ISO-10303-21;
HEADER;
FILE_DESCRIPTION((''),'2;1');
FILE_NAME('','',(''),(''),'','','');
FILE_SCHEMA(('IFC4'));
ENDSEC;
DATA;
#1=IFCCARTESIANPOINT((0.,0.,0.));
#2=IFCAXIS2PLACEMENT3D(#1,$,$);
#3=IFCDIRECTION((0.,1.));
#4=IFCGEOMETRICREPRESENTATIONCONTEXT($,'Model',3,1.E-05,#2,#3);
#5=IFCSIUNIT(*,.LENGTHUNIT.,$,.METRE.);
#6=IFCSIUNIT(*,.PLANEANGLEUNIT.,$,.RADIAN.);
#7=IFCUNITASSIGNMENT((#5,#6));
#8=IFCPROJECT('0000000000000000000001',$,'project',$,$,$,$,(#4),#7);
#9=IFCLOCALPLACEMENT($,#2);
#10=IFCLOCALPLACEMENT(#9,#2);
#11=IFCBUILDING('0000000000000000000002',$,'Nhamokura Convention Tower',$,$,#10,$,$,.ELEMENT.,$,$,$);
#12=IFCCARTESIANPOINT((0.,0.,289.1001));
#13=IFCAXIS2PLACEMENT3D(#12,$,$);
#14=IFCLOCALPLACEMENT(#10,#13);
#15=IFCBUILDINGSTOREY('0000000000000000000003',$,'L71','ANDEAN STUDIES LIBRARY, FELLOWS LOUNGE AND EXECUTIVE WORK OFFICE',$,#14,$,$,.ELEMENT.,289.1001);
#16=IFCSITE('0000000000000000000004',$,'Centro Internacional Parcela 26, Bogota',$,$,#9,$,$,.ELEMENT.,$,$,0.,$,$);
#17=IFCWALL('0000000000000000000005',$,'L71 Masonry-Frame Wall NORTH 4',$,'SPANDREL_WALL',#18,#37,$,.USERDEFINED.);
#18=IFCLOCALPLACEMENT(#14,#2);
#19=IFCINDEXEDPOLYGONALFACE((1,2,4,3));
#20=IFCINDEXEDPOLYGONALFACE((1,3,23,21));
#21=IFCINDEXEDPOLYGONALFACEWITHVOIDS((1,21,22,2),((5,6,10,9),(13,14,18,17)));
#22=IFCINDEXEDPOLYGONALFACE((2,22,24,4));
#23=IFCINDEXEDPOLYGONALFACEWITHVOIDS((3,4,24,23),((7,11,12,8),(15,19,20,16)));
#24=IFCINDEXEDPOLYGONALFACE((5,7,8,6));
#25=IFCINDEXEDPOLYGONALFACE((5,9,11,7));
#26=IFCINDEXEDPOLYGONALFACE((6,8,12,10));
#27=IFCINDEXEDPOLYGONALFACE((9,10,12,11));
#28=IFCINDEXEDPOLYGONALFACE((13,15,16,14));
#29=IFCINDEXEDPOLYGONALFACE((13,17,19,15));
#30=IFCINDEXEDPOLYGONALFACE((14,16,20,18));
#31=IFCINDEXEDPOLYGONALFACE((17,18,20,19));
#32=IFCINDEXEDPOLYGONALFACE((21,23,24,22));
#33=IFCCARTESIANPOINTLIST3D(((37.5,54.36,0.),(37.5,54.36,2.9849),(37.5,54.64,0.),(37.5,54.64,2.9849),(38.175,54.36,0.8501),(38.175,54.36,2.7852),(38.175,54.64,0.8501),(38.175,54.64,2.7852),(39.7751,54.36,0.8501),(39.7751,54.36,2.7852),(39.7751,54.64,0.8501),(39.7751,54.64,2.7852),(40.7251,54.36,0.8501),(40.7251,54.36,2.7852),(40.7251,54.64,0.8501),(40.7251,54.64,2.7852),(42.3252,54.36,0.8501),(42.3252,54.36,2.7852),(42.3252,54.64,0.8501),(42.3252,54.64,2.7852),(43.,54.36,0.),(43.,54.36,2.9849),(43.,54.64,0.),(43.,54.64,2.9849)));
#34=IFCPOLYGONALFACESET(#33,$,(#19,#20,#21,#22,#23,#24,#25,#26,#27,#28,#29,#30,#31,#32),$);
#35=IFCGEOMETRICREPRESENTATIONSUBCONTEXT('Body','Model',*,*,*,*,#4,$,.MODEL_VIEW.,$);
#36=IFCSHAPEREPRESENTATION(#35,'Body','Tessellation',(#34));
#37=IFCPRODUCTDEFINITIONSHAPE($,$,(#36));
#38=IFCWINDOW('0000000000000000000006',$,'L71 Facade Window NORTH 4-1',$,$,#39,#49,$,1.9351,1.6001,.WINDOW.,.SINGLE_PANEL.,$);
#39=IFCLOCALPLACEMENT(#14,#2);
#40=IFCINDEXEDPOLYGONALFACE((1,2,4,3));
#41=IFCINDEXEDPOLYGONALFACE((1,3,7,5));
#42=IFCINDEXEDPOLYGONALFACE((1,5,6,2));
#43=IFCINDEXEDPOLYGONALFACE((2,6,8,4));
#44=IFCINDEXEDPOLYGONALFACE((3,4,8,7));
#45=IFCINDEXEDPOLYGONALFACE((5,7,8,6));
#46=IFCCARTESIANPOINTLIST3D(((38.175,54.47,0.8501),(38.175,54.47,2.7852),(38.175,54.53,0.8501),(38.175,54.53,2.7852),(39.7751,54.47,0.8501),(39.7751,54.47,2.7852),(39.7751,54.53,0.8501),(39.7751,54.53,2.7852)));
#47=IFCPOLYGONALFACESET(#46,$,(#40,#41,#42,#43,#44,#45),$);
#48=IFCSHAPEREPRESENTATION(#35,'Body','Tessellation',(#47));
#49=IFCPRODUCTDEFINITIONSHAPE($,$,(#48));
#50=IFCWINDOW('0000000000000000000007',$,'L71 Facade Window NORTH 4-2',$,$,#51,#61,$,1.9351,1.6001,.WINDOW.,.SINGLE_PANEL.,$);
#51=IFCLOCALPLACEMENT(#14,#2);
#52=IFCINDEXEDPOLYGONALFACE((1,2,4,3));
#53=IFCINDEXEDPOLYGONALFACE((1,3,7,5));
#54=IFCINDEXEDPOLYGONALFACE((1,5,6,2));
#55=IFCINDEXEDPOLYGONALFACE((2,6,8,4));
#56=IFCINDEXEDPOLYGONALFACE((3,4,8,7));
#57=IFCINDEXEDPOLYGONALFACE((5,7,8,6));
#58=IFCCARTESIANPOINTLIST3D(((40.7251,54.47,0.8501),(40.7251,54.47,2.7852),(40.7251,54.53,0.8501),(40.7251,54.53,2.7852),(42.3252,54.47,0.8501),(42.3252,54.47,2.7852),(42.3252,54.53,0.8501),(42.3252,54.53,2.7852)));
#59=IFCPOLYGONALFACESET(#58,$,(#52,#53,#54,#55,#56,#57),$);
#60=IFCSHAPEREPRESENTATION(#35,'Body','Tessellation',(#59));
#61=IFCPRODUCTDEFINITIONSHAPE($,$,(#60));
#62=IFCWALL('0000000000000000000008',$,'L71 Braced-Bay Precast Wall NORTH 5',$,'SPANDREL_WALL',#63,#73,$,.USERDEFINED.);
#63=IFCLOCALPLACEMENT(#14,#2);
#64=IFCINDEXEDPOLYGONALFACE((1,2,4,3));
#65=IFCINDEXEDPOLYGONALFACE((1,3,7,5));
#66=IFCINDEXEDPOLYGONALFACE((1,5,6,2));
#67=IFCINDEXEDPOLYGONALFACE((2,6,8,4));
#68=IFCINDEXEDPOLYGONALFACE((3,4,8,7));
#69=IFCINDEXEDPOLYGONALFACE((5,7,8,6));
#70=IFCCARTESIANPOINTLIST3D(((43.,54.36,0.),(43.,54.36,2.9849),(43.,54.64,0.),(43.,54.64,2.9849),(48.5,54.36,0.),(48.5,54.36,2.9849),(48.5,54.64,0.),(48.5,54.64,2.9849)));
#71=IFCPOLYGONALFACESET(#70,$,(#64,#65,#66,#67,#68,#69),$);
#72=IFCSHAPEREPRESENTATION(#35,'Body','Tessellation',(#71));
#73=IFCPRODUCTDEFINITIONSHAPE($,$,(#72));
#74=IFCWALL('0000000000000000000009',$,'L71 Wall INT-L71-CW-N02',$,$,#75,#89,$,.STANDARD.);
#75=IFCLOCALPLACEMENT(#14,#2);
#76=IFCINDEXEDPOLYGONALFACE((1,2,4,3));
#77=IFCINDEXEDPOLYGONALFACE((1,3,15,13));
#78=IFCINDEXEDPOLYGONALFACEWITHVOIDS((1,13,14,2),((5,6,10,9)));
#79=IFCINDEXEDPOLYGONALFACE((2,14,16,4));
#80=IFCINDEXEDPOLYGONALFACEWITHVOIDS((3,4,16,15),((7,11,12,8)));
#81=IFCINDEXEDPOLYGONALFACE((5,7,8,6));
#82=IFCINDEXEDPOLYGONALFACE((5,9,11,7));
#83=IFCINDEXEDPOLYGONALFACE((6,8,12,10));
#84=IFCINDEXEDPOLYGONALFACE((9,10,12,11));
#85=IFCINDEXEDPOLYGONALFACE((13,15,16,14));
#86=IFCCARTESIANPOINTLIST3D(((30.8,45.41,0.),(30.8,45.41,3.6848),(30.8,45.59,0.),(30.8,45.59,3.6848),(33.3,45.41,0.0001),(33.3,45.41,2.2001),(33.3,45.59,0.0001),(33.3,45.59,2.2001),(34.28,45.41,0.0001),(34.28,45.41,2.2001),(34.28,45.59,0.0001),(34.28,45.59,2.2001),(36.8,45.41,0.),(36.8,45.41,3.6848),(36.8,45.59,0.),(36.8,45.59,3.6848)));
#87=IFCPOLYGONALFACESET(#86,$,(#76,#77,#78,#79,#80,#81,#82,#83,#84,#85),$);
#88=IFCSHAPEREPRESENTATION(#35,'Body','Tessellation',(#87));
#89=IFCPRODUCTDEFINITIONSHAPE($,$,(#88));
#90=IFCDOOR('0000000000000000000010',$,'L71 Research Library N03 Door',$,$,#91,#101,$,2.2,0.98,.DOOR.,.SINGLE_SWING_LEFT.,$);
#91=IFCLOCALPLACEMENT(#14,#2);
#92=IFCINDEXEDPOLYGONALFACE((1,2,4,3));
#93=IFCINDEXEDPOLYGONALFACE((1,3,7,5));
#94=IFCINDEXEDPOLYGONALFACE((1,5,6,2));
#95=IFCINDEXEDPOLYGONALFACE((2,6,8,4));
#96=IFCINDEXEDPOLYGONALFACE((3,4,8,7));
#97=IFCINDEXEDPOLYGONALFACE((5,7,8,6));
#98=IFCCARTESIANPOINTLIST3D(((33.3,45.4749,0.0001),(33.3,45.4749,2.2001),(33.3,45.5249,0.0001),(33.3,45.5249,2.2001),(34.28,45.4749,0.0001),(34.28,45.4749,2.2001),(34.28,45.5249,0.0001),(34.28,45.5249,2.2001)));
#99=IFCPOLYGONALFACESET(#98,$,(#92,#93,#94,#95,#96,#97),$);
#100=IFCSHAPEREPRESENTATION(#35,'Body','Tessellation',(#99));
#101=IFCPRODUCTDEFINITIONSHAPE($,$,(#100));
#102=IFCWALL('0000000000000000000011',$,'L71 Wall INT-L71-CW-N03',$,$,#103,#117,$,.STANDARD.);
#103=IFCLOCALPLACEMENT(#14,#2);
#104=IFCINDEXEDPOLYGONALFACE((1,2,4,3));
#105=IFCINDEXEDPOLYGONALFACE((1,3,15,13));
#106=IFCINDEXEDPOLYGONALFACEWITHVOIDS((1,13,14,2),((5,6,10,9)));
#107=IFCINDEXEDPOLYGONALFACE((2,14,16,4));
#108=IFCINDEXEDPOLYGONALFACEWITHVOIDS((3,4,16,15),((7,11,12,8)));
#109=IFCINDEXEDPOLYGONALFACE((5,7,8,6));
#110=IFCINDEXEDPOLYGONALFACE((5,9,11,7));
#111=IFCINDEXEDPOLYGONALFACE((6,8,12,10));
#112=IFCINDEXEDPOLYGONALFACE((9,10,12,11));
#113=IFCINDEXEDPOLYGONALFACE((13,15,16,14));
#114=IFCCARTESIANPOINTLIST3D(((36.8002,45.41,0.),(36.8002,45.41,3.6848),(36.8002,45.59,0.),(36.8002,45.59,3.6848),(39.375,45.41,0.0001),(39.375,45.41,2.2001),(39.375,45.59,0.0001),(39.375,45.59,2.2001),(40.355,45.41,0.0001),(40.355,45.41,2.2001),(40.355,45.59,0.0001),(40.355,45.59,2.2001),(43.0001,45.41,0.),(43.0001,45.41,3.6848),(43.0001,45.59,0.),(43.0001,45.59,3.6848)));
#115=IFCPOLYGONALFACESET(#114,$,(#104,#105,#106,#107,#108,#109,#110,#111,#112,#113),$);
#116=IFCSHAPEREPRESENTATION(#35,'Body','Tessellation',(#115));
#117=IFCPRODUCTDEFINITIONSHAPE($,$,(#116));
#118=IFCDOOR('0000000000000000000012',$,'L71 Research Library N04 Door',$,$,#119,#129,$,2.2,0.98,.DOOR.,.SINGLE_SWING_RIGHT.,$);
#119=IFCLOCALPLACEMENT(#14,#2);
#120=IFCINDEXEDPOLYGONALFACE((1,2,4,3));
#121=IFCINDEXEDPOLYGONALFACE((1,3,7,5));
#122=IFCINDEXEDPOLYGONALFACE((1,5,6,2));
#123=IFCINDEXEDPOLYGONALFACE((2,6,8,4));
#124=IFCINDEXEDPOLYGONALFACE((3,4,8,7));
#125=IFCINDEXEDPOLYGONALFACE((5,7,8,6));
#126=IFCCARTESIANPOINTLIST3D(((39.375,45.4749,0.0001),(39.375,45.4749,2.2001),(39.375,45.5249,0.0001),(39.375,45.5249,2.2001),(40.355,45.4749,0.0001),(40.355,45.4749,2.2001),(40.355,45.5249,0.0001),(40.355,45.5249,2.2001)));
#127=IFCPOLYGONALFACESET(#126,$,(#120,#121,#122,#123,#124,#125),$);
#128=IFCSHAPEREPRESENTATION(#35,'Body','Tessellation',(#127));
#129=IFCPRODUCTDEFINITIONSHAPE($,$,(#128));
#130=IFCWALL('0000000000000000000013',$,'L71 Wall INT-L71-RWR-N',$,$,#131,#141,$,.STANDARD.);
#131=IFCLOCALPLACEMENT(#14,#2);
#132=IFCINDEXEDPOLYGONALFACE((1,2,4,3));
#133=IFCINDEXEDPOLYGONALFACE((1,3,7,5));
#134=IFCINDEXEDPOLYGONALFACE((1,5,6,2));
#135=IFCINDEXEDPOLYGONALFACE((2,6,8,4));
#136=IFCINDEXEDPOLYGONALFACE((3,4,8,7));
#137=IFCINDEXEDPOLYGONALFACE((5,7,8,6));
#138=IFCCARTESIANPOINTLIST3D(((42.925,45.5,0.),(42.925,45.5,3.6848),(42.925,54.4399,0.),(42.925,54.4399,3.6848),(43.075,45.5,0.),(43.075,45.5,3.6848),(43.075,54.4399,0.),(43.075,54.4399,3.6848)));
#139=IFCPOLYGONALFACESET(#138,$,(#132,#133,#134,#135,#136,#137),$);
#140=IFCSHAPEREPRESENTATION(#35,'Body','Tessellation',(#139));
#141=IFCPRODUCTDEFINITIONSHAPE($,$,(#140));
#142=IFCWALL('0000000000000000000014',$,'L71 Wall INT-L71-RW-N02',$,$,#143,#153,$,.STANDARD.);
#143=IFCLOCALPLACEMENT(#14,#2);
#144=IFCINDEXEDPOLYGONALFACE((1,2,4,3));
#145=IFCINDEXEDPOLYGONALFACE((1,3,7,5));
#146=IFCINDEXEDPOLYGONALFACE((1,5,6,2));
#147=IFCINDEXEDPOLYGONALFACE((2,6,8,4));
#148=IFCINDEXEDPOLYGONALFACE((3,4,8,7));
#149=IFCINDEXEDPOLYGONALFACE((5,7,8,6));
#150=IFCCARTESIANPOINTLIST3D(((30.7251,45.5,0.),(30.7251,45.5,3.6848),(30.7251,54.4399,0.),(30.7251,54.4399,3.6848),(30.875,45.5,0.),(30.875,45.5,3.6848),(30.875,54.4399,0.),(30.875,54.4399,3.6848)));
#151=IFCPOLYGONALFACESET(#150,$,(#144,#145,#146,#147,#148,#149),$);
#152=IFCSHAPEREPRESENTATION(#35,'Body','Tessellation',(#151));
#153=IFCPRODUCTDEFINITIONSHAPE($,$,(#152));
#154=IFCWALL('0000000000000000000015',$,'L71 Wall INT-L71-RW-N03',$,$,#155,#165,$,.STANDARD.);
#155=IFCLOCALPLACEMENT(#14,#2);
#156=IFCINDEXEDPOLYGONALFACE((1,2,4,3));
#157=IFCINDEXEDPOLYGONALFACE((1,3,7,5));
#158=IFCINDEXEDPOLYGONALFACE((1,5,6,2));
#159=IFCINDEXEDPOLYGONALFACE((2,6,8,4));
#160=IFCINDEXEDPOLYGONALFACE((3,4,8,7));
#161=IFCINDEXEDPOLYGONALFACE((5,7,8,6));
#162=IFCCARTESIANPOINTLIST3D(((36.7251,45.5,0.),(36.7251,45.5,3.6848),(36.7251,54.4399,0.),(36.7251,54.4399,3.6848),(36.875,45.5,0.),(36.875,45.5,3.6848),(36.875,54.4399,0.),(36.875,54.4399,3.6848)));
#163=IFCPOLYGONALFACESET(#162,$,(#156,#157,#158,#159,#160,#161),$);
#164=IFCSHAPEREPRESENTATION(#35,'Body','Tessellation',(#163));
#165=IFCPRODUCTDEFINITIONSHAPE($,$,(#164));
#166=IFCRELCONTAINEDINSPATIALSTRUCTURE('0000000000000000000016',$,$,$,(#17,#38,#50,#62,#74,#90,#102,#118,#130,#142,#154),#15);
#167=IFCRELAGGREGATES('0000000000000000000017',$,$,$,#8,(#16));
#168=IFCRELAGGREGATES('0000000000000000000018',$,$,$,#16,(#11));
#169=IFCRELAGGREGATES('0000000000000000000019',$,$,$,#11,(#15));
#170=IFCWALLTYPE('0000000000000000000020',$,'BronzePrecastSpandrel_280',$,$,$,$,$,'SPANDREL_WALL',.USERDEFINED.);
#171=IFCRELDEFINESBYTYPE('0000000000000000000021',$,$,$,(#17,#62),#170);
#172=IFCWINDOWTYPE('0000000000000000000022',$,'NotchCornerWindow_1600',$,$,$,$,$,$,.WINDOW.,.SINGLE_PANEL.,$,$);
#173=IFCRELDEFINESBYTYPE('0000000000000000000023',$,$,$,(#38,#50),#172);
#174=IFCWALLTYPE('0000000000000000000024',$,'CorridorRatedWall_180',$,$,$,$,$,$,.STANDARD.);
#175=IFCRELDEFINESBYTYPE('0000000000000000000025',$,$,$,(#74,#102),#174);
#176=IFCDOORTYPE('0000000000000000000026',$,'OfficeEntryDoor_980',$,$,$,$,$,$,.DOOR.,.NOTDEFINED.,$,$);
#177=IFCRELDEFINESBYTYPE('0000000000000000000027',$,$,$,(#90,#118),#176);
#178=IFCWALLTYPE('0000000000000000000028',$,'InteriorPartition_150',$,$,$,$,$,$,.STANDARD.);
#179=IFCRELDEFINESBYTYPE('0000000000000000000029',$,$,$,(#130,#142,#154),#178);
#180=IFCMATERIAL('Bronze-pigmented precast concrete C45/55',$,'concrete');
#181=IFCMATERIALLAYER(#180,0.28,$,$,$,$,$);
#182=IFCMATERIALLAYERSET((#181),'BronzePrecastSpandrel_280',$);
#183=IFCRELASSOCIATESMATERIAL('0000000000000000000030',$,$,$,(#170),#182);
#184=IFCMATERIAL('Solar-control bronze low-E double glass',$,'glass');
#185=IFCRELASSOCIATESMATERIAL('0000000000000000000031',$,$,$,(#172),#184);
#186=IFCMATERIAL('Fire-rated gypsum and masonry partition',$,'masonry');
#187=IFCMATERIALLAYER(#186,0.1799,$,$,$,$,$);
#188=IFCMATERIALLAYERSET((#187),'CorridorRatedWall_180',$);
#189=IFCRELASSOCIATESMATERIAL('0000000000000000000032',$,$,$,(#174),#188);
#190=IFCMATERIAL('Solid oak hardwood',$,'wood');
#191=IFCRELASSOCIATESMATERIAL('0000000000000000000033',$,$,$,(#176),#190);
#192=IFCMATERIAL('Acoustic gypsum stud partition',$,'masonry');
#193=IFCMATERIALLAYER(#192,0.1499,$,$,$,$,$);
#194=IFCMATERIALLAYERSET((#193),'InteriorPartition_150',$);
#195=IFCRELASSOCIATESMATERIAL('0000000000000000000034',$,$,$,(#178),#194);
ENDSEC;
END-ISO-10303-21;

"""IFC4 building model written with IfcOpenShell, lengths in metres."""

from ifc_helpers import new_model, si_unit, direction, frame, frame_2d, origin, place, context, subcontext, project, spatial, rectangle, extrude, material, layer, layer_set, type_object, element, fill, save


model = new_model("IFC4")

# Units and contexts
model_context = context("Model", 3, precision=1e-05, world=origin(), true_north=direction((0.0, 1.0)))
body_context = subcontext(model_context, "Body", "Model", "MODEL_VIEW")
ifc_project = project(units=[si_unit("LENGTHUNIT", "METRE"), si_unit("PLANEANGLEUNIT", "RADIAN")], contexts=[model_context])

# Site, building, storey
site_placement = place(None, origin())
site = spatial("IfcSite", under=ifc_project, at=site_placement, Name="Centro Internacional Parcela 26, Bogota", CompositionType="ELEMENT", RefElevation=0.0)
building_placement = place(site_placement, origin())
building = spatial("IfcBuilding", under=site, at=building_placement, Name="Nhamokura Convention Tower", CompositionType="ELEMENT")
storey_placement = place(building_placement, frame((0.0, 0.0, 289.1001)))
storey = spatial("IfcBuildingStorey", under=building, at=storey_placement, Name="L71", Description="ANDEAN STUDIES LIBRARY, FELLOWS LOUNGE AND EXECUTIVE WORK OFFICE", CompositionType="ELEMENT", Elevation=289.1001)

# Shared definitions
ifc_material_1 = material(Name="Bronze-pigmented precast concrete C45/55", Category="concrete")
ifc_layer_1 = layer(ifc_material_1, 0.28)
ifc_layer_set_1 = layer_set([ifc_layer_1], Name="BronzePrecastSpandrel_280")
wall_type_1 = type_object("IfcWallType", Name="BronzePrecastSpandrel_280", ElementType="SPANDREL_WALL", PredefinedType="USERDEFINED", material=ifc_layer_set_1)

# Wall, openings, windows
wall_1_placement = place(storey_placement, frame((37.5, 54.5, 0.0), z_axis=(0.0, 0.0, 1.0), x_axis=(1.0, 0.0, 0.0)))
wall_1 = element("IfcWall", 1, at=wall_1_placement, inside=storey, type_object=wall_type_1, Name="L71 Masonry-Frame Wall NORTH 4", ObjectType="SPANDREL_WALL", PredefinedType="USERDEFINED", context=body_context, shape_type="SweptSolid", body=[
    extrude(rectangle(XDim=5.5, YDim=0.28, at=frame_2d((2.75, 0.0))), origin(), (0.0, 0.0, 1.0), 2.9849),
])
opening_1_placement = place(wall_1_placement, frame((0.675, 0.0, 0.8501)))
opening_1 = element("IfcOpeningElement", 2, at=opening_1_placement, cuts=wall_1, PredefinedType="OPENING", context=body_context, shape_type="SweptSolid", body=[
    extrude(rectangle(XDim=1.6001, YDim=1.9351, at=frame_2d((0.8, 0.9675))), frame((0.0, 0.1499, 0.0), z_axis=(0.0, -1.0, 0.0), x_axis=(1.0, 0.0, 0.0)), (0.0, 0.0, 1.0), 0.3),
])
opening_2_placement = place(wall_1_placement, frame((3.2251, 0.0, 0.8501)))
opening_2 = element("IfcOpeningElement", 3, at=opening_2_placement, cuts=wall_1, PredefinedType="OPENING", context=body_context, shape_type="SweptSolid", body=[
    extrude(rectangle(XDim=1.6001, YDim=1.9351, at=frame_2d((0.8, 0.9675))), frame((0.0, 0.1499, 0.0), z_axis=(0.0, -1.0, 0.0), x_axis=(1.0, 0.0, 0.0)), (0.0, 0.0, 1.0), 0.3),
])
ifc_material_2 = material(Name="Solar-control bronze low-E double glass", Category="glass")
window_type_1 = type_object("IfcWindowType", Name="NotchCornerWindow_1600", PartitioningType="SINGLE_PANEL", PredefinedType="WINDOW", material=ifc_material_2)
window_1_placement = place(opening_1_placement, origin())
window_1 = element("IfcWindow", 4, at=window_1_placement, inside=storey, type_object=window_type_1, Name="L71 Facade Window NORTH 4-1", OverallHeight=1.9351, OverallWidth=1.6001, PartitioningType="SINGLE_PANEL", PredefinedType="WINDOW", context=body_context, shape_type="SweptSolid", body=[
    extrude(rectangle(XDim=1.6001, YDim=1.9351, at=frame_2d((0.8, 0.9675))), frame((0.0, 0.03, 0.0), z_axis=(0.0, -1.0, 0.0), x_axis=(1.0, 0.0, 0.0)), (0.0, 0.0, 1.0), 0.0601),
])
fill(opening_1, window_1)
window_2_placement = place(opening_2_placement, origin())
window_2 = element("IfcWindow", 5, at=window_2_placement, inside=storey, type_object=window_type_1, Name="L71 Facade Window NORTH 4-2", OverallHeight=1.9351, OverallWidth=1.6001, PartitioningType="SINGLE_PANEL", PredefinedType="WINDOW", context=body_context, shape_type="SweptSolid", body=[
    extrude(rectangle(XDim=1.6001, YDim=1.9351, at=frame_2d((0.8, 0.9675))), frame((0.0, 0.03, 0.0), z_axis=(0.0, -1.0, 0.0), x_axis=(1.0, 0.0, 0.0)), (0.0, 0.0, 1.0), 0.0601),
])
fill(opening_2, window_2)

# Wall
wall_2_placement = place(storey_placement, frame((43.0, 54.5, 0.0), z_axis=(0.0, 0.0, 1.0), x_axis=(1.0, 0.0, 0.0)))
element("IfcWall", 6, at=wall_2_placement, inside=storey, type_object=wall_type_1, Name="L71 Braced-Bay Precast Wall NORTH 5", ObjectType="SPANDREL_WALL", PredefinedType="USERDEFINED", context=body_context, shape_type="SweptSolid", body=[
    extrude(rectangle(XDim=5.5, YDim=0.28, at=frame_2d((2.75, 0.0))), origin(), (0.0, 0.0, 1.0), 2.9849),
])

# Walls, openings, doors
ifc_material_3 = material(Name="Fire-rated gypsum and masonry partition", Category="masonry")
ifc_layer_2 = layer(ifc_material_3, 0.1799)
ifc_layer_set_2 = layer_set([ifc_layer_2], Name="CorridorRatedWall_180")
wall_type_2 = type_object("IfcWallType", Name="CorridorRatedWall_180", PredefinedType="STANDARD", material=ifc_layer_set_2)
wall_3_placement = place(storey_placement, frame((30.8, 45.5, 0.0), z_axis=(0.0, 0.0, 1.0), x_axis=(1.0, 0.0, 0.0)))
wall_3 = element("IfcWall", 7, at=wall_3_placement, inside=storey, type_object=wall_type_2, Name="L71 Wall INT-L71-CW-N02", PredefinedType="STANDARD", context=body_context, shape_type="SweptSolid", body=[
    extrude(rectangle(XDim=6.0, YDim=0.1799, at=frame_2d((3.0, 0.0))), origin(), (0.0, 0.0, 1.0), 3.6848),
])
opening_3_placement = place(wall_3_placement, frame((2.5, 0.0, 0.0)))
opening_3 = element("IfcOpeningElement", 8, at=opening_3_placement, cuts=wall_3, PredefinedType="OPENING", context=body_context, shape_type="SweptSolid", body=[
    extrude(rectangle(XDim=0.98, YDim=2.2, at=frame_2d((0.49, 1.1001))), frame((0.0, 0.0999, 0.0), z_axis=(0.0, -1.0, 0.0), x_axis=(1.0, 0.0, 0.0)), (0.0, 0.0, 1.0), 0.2),
])
ifc_material_4 = material(Name="Solid oak hardwood", Category="wood")
door_type = type_object("IfcDoorType", Name="OfficeEntryDoor_980", OperationType="NOTDEFINED", PredefinedType="DOOR", material=ifc_material_4)
door_1_placement = place(opening_3_placement, origin())
door_1 = element("IfcDoor", 9, at=door_1_placement, inside=storey, type_object=door_type, Name="L71 Research Library N03 Door", OperationType="SINGLE_SWING_LEFT", OverallHeight=2.2, OverallWidth=0.98, PredefinedType="DOOR", context=body_context, shape_type="SweptSolid", body=[
    extrude(rectangle(XDim=0.98, YDim=2.2, at=frame_2d((0.49, 1.1001))), frame((0.0, 0.0249, 0.0), z_axis=(0.0, -1.0, 0.0), x_axis=(1.0, 0.0, 0.0)), (0.0, 0.0, 1.0), 0.05),
])
fill(opening_3, door_1)
wall_4_placement = place(storey_placement, frame((36.8, 45.5, 0.0), z_axis=(0.0, 0.0, 1.0), x_axis=(1.0, 0.0, 0.0)))
wall_4 = element("IfcWall", 10, at=wall_4_placement, inside=storey, type_object=wall_type_2, Name="L71 Wall INT-L71-CW-N03", PredefinedType="STANDARD", context=body_context, shape_type="SweptSolid", body=[
    extrude(rectangle(XDim=6.2, YDim=0.1799, at=frame_2d((3.1001, 0.0))), origin(), (0.0, 0.0, 1.0), 3.6848),
])
opening_4_placement = place(wall_4_placement, frame((2.575, 0.0, 0.0)))
opening_4 = element("IfcOpeningElement", 11, at=opening_4_placement, cuts=wall_4, PredefinedType="OPENING", context=body_context, shape_type="SweptSolid", body=[
    extrude(rectangle(XDim=0.98, YDim=2.2, at=frame_2d((0.49, 1.1001))), frame((0.0, 0.0999, 0.0), z_axis=(0.0, -1.0, 0.0), x_axis=(1.0, 0.0, 0.0)), (0.0, 0.0, 1.0), 0.2),
])
door_2_placement = place(opening_4_placement, origin())
door_2 = element("IfcDoor", 12, at=door_2_placement, inside=storey, type_object=door_type, Name="L71 Research Library N04 Door", OperationType="SINGLE_SWING_RIGHT", OverallHeight=2.2, OverallWidth=0.98, PredefinedType="DOOR", context=body_context, shape_type="SweptSolid", body=[
    extrude(rectangle(XDim=0.98, YDim=2.2, at=frame_2d((0.49, 1.1001))), frame((0.0, 0.0249, 0.0), z_axis=(0.0, -1.0, 0.0), x_axis=(1.0, 0.0, 0.0)), (0.0, 0.0, 1.0), 0.05),
])
fill(opening_4, door_2)

# Walls
ifc_material_5 = material(Name="Acoustic gypsum stud partition", Category="masonry")
ifc_layer_3 = layer(ifc_material_5, 0.1499)
ifc_layer_set_3 = layer_set([ifc_layer_3], Name="InteriorPartition_150")
wall_type_3 = type_object("IfcWallType", Name="InteriorPartition_150", PredefinedType="STANDARD", material=ifc_layer_set_3)
for number, where, z_axis, x_axis, name in (
    (13, (43.0, 45.5, 0.0), (0.0, 0.0, 1.0), (0.0, 1.0, 0.0), "L71 Wall INT-L71-RWR-N"),
    (14, (30.8, 45.5, 0.0), (0.0, 0.0, 1.0), (0.0, 1.0, 0.0), "L71 Wall INT-L71-RW-N02"),
    (15, (36.8, 45.5, 0.0), (0.0, 0.0, 1.0), (0.0, 1.0, 0.0), "L71 Wall INT-L71-RW-N03"),
):
    element("IfcWall", number, at=place(storey_placement, frame(where, z_axis=z_axis, x_axis=x_axis)), inside=storey, type_object=wall_type_3, Name=name, PredefinedType="STANDARD", context=body_context, shape_type="SweptSolid", body=[
        extrude(rectangle(XDim=8.9399, YDim=0.1499, at=frame_2d((4.47, 0.0))), origin(), (0.0, 0.0, 1.0), 3.6848),
    ])

save(model, "model.ifc")
